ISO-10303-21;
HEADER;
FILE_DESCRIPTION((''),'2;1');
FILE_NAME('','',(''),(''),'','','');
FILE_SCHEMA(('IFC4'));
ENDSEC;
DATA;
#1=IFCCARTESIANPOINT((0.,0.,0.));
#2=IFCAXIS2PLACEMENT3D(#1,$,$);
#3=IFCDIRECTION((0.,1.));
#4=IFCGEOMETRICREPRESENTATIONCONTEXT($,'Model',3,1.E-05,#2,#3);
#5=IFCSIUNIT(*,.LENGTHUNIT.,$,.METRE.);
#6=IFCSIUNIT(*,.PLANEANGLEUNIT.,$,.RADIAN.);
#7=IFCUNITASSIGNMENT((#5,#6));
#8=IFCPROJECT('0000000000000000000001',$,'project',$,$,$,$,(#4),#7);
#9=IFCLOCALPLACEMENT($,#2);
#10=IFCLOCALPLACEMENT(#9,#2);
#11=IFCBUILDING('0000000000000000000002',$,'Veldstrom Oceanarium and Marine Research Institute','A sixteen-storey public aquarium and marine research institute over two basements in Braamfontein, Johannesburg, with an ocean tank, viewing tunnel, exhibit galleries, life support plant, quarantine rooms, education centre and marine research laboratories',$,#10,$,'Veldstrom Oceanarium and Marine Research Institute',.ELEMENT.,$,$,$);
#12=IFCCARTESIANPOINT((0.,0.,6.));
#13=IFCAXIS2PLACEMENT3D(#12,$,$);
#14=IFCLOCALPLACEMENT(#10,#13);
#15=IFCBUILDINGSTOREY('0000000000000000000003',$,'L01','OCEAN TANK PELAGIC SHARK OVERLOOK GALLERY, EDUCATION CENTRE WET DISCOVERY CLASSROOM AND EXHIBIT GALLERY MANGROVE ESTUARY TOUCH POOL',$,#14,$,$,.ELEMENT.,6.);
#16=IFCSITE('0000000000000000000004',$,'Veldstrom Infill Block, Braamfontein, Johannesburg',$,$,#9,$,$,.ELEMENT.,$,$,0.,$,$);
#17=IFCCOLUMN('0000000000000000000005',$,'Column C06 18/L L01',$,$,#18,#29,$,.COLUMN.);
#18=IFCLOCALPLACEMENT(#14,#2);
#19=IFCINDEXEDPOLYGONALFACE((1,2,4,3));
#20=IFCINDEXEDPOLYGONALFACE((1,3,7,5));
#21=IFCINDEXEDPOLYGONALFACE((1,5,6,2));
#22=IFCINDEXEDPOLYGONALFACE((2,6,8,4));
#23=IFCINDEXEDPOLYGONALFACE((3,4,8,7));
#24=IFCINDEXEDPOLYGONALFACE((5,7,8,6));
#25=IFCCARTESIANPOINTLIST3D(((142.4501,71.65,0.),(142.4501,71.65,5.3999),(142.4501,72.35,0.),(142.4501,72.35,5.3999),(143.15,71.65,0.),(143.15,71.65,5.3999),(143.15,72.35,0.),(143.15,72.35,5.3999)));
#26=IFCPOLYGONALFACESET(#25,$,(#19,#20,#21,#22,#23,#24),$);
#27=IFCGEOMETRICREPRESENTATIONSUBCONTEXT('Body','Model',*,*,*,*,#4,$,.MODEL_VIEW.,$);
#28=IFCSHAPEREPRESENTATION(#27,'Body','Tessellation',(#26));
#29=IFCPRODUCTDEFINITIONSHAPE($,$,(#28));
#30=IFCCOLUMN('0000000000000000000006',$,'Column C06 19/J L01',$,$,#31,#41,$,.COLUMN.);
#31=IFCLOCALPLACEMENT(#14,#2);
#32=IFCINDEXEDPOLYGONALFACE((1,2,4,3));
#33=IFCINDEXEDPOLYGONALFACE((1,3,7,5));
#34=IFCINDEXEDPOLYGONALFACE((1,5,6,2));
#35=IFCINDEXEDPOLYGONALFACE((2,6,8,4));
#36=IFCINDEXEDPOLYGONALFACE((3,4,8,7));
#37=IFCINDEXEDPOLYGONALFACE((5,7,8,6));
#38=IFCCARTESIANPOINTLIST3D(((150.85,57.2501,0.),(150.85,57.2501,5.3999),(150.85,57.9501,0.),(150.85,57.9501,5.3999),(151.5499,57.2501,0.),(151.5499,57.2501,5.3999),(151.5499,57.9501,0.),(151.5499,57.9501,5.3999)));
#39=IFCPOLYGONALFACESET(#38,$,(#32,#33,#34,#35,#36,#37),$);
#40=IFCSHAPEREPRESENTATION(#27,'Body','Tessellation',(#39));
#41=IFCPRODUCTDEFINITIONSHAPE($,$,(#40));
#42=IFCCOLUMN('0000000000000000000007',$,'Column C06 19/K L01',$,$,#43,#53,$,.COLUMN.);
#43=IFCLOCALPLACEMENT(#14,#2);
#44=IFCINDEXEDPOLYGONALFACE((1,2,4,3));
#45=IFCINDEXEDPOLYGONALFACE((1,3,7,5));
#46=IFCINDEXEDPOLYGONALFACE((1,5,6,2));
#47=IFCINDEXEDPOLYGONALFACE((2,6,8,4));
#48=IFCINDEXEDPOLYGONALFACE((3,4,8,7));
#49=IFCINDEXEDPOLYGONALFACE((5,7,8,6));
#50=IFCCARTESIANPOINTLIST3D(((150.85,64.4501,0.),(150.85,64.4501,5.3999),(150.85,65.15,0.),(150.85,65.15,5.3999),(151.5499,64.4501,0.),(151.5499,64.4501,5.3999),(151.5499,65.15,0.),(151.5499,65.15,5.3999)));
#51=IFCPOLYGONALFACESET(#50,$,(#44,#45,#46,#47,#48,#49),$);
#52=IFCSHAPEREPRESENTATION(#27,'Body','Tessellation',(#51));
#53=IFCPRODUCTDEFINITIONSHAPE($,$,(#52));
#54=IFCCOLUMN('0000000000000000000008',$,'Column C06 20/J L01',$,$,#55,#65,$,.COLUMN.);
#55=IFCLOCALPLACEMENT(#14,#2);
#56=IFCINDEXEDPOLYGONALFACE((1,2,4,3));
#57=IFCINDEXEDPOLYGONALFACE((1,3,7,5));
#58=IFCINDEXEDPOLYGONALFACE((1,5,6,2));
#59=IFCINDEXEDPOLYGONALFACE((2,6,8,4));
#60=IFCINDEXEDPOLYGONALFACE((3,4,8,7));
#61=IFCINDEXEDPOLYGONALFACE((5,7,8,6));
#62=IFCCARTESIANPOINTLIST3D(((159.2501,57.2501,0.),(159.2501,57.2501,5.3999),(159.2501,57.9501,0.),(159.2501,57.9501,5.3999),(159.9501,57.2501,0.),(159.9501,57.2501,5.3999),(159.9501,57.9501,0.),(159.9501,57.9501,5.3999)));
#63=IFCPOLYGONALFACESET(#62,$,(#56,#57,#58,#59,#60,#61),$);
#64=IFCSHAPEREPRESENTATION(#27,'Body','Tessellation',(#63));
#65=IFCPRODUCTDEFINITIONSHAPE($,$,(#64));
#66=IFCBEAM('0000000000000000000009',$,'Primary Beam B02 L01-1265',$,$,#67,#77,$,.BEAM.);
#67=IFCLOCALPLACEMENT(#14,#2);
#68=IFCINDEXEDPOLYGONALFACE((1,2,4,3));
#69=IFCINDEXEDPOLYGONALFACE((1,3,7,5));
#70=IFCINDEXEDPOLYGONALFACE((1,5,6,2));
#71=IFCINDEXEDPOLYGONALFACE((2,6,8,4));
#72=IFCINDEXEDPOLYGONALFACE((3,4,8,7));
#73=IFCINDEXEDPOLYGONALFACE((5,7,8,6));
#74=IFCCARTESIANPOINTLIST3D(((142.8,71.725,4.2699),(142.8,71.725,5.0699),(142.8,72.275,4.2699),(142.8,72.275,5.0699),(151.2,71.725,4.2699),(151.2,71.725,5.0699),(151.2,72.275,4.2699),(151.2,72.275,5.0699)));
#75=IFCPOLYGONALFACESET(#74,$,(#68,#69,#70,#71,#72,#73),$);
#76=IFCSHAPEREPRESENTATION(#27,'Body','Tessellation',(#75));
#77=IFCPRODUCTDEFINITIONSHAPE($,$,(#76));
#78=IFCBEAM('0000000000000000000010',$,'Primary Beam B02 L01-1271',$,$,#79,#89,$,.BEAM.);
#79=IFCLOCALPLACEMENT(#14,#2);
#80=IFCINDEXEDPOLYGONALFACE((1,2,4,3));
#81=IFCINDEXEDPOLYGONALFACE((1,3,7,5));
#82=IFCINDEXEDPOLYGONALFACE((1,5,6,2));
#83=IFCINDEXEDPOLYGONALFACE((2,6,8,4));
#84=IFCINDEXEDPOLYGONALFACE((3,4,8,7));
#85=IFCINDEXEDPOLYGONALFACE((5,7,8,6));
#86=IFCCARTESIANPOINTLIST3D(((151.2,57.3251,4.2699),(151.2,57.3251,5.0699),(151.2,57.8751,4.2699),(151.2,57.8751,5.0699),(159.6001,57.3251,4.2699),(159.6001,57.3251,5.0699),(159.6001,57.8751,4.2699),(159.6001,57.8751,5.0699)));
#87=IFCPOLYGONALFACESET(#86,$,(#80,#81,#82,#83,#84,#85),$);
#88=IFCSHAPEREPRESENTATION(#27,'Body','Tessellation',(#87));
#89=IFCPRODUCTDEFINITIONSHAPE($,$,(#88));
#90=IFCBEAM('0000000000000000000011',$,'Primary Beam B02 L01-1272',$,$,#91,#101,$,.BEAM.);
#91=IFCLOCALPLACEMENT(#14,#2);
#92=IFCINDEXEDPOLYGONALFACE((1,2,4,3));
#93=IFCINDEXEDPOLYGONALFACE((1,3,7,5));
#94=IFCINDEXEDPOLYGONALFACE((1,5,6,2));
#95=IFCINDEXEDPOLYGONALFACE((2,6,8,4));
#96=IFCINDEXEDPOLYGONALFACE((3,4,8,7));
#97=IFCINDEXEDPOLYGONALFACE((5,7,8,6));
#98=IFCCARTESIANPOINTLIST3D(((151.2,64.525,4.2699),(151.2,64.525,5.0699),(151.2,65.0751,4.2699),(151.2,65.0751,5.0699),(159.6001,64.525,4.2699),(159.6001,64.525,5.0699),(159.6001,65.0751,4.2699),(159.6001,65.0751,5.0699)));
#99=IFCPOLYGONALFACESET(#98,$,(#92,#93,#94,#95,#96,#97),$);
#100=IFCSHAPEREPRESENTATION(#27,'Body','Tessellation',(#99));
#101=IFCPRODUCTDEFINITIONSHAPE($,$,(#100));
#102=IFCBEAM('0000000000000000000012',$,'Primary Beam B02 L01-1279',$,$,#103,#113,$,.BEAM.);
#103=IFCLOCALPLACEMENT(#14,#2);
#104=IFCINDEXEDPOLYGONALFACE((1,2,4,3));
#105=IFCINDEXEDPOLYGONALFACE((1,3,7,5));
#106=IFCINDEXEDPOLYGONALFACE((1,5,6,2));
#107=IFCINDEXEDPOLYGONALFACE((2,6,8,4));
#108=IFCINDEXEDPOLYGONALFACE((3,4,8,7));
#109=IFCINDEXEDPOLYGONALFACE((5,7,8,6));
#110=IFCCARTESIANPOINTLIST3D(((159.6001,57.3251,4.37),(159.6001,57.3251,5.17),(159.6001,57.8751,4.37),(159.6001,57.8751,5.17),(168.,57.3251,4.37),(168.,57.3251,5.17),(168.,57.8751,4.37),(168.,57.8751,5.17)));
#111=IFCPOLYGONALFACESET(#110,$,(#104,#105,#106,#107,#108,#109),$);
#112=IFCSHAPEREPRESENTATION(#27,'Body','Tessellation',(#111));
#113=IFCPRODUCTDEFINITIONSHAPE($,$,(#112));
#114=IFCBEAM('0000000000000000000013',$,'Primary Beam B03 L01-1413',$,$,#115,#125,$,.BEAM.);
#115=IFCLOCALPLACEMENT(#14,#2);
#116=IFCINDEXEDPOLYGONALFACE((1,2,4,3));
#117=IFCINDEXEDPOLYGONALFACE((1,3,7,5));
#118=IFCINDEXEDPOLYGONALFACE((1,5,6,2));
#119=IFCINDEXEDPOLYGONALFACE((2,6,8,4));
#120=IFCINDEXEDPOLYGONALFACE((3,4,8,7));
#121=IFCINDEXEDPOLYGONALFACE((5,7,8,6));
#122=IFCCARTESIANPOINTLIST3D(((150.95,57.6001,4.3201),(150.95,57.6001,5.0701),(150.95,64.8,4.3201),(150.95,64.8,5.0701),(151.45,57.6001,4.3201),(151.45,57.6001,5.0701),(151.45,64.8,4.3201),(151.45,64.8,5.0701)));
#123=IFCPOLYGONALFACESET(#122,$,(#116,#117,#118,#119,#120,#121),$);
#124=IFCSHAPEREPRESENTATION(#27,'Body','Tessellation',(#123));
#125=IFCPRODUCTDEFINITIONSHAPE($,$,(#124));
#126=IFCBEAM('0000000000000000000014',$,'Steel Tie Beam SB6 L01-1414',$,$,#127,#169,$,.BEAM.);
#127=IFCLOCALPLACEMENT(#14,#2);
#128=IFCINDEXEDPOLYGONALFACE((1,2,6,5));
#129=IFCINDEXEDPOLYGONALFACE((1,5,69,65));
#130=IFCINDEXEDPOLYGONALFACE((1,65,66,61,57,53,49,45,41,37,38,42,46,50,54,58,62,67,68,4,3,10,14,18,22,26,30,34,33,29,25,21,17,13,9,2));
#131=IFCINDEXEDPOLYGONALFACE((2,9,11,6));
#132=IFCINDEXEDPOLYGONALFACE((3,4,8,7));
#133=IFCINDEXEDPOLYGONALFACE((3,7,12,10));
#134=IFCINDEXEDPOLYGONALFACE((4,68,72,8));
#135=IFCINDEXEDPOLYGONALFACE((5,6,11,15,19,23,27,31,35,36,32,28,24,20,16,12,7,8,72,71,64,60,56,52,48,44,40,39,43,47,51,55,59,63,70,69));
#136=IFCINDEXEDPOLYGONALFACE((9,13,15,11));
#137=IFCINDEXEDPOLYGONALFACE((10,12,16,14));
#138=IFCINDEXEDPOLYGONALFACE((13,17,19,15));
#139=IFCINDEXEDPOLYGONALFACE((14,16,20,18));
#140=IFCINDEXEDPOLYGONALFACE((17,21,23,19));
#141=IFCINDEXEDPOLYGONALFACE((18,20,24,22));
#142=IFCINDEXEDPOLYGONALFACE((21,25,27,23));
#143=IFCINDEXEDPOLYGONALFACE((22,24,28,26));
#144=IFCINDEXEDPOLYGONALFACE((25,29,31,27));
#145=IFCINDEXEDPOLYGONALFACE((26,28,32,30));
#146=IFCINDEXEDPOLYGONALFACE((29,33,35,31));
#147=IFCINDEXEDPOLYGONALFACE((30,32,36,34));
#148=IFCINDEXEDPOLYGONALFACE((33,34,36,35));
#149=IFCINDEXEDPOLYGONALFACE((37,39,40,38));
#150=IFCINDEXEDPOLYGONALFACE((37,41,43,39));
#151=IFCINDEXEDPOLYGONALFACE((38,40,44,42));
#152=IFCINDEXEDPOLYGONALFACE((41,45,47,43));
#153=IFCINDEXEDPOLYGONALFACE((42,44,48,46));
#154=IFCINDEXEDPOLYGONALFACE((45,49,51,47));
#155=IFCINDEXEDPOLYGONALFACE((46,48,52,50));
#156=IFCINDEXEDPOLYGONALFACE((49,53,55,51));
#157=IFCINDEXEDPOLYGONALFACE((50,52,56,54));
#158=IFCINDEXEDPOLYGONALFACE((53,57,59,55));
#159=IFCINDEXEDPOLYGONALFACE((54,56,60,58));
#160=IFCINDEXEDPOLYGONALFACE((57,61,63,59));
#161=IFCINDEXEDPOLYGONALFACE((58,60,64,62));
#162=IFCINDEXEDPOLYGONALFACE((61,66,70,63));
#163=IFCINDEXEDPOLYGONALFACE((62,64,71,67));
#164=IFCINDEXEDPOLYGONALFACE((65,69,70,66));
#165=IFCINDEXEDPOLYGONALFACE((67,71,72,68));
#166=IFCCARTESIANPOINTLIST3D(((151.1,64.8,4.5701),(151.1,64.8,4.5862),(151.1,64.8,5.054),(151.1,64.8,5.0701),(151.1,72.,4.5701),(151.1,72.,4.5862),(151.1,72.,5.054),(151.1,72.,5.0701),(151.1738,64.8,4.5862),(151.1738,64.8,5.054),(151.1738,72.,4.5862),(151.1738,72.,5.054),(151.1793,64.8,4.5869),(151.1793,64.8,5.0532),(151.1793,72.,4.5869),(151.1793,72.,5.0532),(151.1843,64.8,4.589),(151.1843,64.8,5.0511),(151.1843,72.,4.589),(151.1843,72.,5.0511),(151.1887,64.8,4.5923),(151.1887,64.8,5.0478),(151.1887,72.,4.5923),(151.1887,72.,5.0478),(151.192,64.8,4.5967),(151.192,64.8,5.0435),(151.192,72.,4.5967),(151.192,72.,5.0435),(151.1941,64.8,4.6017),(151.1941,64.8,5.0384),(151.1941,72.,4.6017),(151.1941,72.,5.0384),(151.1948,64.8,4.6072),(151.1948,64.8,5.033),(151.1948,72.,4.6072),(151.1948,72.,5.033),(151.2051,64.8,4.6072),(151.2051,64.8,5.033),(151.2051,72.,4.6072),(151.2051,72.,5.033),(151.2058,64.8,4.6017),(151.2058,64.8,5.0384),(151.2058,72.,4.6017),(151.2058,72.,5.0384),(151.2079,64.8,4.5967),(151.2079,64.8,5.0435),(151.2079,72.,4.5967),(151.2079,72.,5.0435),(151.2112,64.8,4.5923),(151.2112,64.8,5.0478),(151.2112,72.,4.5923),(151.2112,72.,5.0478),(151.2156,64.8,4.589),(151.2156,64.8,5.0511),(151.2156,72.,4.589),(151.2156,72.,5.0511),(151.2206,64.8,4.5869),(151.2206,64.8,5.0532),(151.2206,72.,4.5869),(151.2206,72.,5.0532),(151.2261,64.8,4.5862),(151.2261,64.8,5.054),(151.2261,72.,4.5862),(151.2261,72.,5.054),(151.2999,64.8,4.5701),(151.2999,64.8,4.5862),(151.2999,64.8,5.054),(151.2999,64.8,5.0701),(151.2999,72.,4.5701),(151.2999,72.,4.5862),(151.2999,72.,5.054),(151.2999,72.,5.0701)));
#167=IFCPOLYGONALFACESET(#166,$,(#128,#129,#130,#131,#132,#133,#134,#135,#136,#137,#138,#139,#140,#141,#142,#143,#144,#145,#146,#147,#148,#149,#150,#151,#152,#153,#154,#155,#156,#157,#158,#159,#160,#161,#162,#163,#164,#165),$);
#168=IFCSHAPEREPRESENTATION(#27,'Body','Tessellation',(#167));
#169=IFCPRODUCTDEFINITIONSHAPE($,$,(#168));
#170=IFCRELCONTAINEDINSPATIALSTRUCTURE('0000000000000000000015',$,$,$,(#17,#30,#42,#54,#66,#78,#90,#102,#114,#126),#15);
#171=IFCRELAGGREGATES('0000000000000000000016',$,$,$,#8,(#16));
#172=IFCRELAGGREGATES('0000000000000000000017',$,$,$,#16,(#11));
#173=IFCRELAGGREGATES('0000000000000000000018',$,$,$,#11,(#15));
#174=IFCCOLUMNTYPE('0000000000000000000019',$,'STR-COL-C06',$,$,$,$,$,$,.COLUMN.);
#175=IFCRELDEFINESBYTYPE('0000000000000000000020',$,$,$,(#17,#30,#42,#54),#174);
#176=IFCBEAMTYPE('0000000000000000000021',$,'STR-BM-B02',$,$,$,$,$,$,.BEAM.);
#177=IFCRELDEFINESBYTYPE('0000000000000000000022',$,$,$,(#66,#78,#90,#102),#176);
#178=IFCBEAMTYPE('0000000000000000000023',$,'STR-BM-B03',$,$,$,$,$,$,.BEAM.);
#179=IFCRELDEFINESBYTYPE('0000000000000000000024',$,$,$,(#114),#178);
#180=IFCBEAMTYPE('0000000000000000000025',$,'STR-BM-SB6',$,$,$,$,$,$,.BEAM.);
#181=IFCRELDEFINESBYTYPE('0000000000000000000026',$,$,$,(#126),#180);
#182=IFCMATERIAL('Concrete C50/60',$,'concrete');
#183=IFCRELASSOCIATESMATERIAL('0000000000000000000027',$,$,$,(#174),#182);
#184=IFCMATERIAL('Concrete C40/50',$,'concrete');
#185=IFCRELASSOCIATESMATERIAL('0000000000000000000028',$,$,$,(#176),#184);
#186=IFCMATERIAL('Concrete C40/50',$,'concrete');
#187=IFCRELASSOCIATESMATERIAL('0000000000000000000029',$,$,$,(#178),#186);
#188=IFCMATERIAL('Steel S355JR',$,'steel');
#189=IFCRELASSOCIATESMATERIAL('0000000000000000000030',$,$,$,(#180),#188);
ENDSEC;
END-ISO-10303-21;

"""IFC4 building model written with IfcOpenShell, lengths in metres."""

from ifc_helpers import new_model, si_unit, direction, frame, origin, origin_2d, place, context, subcontext, project, spatial, rectangle, i_section, extrude, material, material_profile, profile_set, type_object, element, save


model = new_model("IFC4")

# Units and contexts
model_context = context("Model", 3, precision=1e-05, world=origin(), true_north=direction((0.0, 1.0)))
body_context = subcontext(model_context, "Body", "Model", "MODEL_VIEW")
ifc_project = project(units=[si_unit("LENGTHUNIT", "METRE"), si_unit("PLANEANGLEUNIT", "RADIAN")], contexts=[model_context])

# Site, building, storey
site_placement = place(None, origin())
site = spatial("IfcSite", under=ifc_project, at=site_placement, Name="Veldstrom Infill Block, Braamfontein, Johannesburg", CompositionType="ELEMENT", RefElevation=0.0)
building_placement = place(site_placement, origin())
building = spatial("IfcBuilding", under=site, at=building_placement, Name="Veldstrom Oceanarium and Marine Research Institute", Description="A sixteen-storey public aquarium and marine research institute over two basements in Braamfontein, Johannesburg, with an ocean tank, viewing tunnel, exhibit galleries, life support plant, quarantine rooms, education centre and marine research laboratories", LongName="Veldstrom Oceanarium and Marine Research Institute", CompositionType="ELEMENT")
storey_placement = place(building_placement, frame((0.0, 0.0, 6.0)))
storey = spatial("IfcBuildingStorey", under=building, at=storey_placement, Name="L01", Description="OCEAN TANK PELAGIC SHARK OVERLOOK GALLERY, EDUCATION CENTRE WET DISCOVERY CLASSROOM AND EXHIBIT GALLERY MANGROVE ESTUARY TOUCH POOL", CompositionType="ELEMENT", Elevation=6.0)

# Columns
ifc_material_1 = material(Name="Concrete C50/60", Category="concrete")
ifc_material_profile_1 = material_profile(ifc_material_1, rectangle(XDim=0.7, YDim=0.7, at=origin_2d()), Name="RC-COL-700x700")
ifc_profile_set_1 = profile_set([ifc_material_profile_1], Name="Concrete C50/60")
column_type = type_object("IfcColumnType", Name="STR-COL-C06", PredefinedType="COLUMN", material=ifc_profile_set_1)
for number, where, z_axis, x_axis, name in (
    (1, (142.8, 72.0, 0.0), (0.0, 0.0, 1.0), (1.0, 0.0, 0.0), "Column C06 18/L L01"),
    (2, (151.2, 57.6001, 0.0), (0.0, 0.0, 1.0), (1.0, 0.0, 0.0), "Column C06 19/J L01"),
    (3, (151.2, 64.8, 0.0), (0.0, 0.0, 1.0), (1.0, 0.0, 0.0), "Column C06 19/K L01"),
    (4, (159.6001, 57.6001, 0.0), (0.0, 0.0, 1.0), (1.0, 0.0, 0.0), "Column C06 20/J L01"),
):
    element("IfcColumn", number, at=place(storey_placement, frame(where, z_axis=z_axis, x_axis=x_axis)), inside=storey, type_object=column_type, Name=name, PredefinedType="COLUMN", context=body_context, shape_type="SweptSolid", body=[
        extrude(rectangle(XDim=0.7, YDim=0.7, at=origin_2d()), origin(), (0.0, 0.0, 1.0), 5.3999),
    ])

# Beams
ifc_material_2 = material(Name="Concrete C40/50", Category="concrete")
ifc_material_profile_2 = material_profile(ifc_material_2, rectangle(XDim=0.55, YDim=0.8, at=origin_2d()), Name="RC-BM-550x800")
ifc_profile_set_2 = profile_set([ifc_material_profile_2], Name="Concrete C40/50")
beam_type_1 = type_object("IfcBeamType", Name="STR-BM-B02", PredefinedType="BEAM", material=ifc_profile_set_2)
beam_1_placement = place(storey_placement, frame((142.8, 72.0, 4.6699), z_axis=(1.0, 0.0, 0.0), x_axis=(0.0, 1.0, 0.0)))
element("IfcBeam", 5, at=beam_1_placement, inside=storey, type_object=beam_type_1, Name="Primary Beam B02 L01-1265", PredefinedType="BEAM", context=body_context, shape_type="SweptSolid", body=[
    extrude(rectangle(XDim=0.55, YDim=0.8, at=origin_2d()), origin(), (0.0, 0.0, 1.0), 8.3999),
])
for number, where, z_axis, x_axis, name in (
    (6, (151.2, 57.6001, 4.6699), (1.0, 0.0, 0.0), (0.0, 1.0, 0.0), "Primary Beam B02 L01-1271"),
    (7, (151.2, 64.8, 4.6699), (1.0, 0.0, 0.0), (0.0, 1.0, 0.0), "Primary Beam B02 L01-1272"),
):
    element("IfcBeam", number, at=place(storey_placement, frame(where, z_axis=z_axis, x_axis=x_axis)), inside=storey, type_object=beam_type_1, Name=name, PredefinedType="BEAM", context=body_context, shape_type="SweptSolid", body=[
        extrude(rectangle(XDim=0.55, YDim=0.8, at=origin_2d()), origin(), (0.0, 0.0, 1.0), 8.4001),
    ])
beam_2_placement = place(storey_placement, frame((159.6001, 57.6001, 4.77), z_axis=(1.0, 0.0, 0.0), x_axis=(0.0, 1.0, 0.0)))
element("IfcBeam", 8, at=beam_2_placement, inside=storey, type_object=beam_type_1, Name="Primary Beam B02 L01-1279", PredefinedType="BEAM", context=body_context, shape_type="SweptSolid", body=[
    extrude(rectangle(XDim=0.55, YDim=0.8, at=origin_2d()), origin(), (0.0, 0.0, 1.0), 8.3999),
])
ifc_material_3 = material(Name="Concrete C40/50", Category="concrete")
ifc_material_profile_3 = material_profile(ifc_material_3, rectangle(XDim=0.5, YDim=0.75, at=origin_2d()), Name="RC-BM-500x750")
ifc_profile_set_3 = profile_set([ifc_material_profile_3], Name="Concrete C40/50")
beam_type_2 = type_object("IfcBeamType", Name="STR-BM-B03", PredefinedType="BEAM", material=ifc_profile_set_3)
beam_3_placement = place(storey_placement, frame((151.2, 57.6001, 4.6951), z_axis=(0.0, 1.0, 0.0), x_axis=(-1.0, 0.0, 0.0)))
element("IfcBeam", 9, at=beam_3_placement, inside=storey, type_object=beam_type_2, Name="Primary Beam B03 L01-1413", PredefinedType="BEAM", context=body_context, shape_type="SweptSolid", body=[
    extrude(rectangle(XDim=0.5, YDim=0.75, at=origin_2d()), origin(), (0.0, 0.0, 1.0), 7.2),
])
ifc_material_4 = material(Name="Steel S355JR", Category="steel")
ifc_material_profile_4 = material_profile(ifc_material_4, i_section(OverallWidth=0.2, OverallDepth=0.5, WebThickness=0.0103, FlangeThickness=0.0161, FilletRadius=0.021, at=origin_2d()), Name="IPE 500")
ifc_profile_set_4 = profile_set([ifc_material_profile_4], Name="Steel S355JR")
beam_type_3 = type_object("IfcBeamType", Name="STR-BM-SB6", PredefinedType="BEAM", material=ifc_profile_set_4)
beam_4_placement = place(storey_placement, frame((151.2, 64.8, 4.8201), z_axis=(0.0, 1.0, 0.0), x_axis=(-1.0, 0.0, 0.0)))
element("IfcBeam", 10, at=beam_4_placement, inside=storey, type_object=beam_type_3, Name="Steel Tie Beam SB6 L01-1414", PredefinedType="BEAM", context=body_context, shape_type="SweptSolid", body=[
    extrude(i_section(OverallWidth=0.2, OverallDepth=0.5, WebThickness=0.0103, FlangeThickness=0.0161, FilletRadius=0.021, at=origin_2d()), origin(), (0.0, 0.0, 1.0), 7.2),
])

save(model, "model.ifc")
